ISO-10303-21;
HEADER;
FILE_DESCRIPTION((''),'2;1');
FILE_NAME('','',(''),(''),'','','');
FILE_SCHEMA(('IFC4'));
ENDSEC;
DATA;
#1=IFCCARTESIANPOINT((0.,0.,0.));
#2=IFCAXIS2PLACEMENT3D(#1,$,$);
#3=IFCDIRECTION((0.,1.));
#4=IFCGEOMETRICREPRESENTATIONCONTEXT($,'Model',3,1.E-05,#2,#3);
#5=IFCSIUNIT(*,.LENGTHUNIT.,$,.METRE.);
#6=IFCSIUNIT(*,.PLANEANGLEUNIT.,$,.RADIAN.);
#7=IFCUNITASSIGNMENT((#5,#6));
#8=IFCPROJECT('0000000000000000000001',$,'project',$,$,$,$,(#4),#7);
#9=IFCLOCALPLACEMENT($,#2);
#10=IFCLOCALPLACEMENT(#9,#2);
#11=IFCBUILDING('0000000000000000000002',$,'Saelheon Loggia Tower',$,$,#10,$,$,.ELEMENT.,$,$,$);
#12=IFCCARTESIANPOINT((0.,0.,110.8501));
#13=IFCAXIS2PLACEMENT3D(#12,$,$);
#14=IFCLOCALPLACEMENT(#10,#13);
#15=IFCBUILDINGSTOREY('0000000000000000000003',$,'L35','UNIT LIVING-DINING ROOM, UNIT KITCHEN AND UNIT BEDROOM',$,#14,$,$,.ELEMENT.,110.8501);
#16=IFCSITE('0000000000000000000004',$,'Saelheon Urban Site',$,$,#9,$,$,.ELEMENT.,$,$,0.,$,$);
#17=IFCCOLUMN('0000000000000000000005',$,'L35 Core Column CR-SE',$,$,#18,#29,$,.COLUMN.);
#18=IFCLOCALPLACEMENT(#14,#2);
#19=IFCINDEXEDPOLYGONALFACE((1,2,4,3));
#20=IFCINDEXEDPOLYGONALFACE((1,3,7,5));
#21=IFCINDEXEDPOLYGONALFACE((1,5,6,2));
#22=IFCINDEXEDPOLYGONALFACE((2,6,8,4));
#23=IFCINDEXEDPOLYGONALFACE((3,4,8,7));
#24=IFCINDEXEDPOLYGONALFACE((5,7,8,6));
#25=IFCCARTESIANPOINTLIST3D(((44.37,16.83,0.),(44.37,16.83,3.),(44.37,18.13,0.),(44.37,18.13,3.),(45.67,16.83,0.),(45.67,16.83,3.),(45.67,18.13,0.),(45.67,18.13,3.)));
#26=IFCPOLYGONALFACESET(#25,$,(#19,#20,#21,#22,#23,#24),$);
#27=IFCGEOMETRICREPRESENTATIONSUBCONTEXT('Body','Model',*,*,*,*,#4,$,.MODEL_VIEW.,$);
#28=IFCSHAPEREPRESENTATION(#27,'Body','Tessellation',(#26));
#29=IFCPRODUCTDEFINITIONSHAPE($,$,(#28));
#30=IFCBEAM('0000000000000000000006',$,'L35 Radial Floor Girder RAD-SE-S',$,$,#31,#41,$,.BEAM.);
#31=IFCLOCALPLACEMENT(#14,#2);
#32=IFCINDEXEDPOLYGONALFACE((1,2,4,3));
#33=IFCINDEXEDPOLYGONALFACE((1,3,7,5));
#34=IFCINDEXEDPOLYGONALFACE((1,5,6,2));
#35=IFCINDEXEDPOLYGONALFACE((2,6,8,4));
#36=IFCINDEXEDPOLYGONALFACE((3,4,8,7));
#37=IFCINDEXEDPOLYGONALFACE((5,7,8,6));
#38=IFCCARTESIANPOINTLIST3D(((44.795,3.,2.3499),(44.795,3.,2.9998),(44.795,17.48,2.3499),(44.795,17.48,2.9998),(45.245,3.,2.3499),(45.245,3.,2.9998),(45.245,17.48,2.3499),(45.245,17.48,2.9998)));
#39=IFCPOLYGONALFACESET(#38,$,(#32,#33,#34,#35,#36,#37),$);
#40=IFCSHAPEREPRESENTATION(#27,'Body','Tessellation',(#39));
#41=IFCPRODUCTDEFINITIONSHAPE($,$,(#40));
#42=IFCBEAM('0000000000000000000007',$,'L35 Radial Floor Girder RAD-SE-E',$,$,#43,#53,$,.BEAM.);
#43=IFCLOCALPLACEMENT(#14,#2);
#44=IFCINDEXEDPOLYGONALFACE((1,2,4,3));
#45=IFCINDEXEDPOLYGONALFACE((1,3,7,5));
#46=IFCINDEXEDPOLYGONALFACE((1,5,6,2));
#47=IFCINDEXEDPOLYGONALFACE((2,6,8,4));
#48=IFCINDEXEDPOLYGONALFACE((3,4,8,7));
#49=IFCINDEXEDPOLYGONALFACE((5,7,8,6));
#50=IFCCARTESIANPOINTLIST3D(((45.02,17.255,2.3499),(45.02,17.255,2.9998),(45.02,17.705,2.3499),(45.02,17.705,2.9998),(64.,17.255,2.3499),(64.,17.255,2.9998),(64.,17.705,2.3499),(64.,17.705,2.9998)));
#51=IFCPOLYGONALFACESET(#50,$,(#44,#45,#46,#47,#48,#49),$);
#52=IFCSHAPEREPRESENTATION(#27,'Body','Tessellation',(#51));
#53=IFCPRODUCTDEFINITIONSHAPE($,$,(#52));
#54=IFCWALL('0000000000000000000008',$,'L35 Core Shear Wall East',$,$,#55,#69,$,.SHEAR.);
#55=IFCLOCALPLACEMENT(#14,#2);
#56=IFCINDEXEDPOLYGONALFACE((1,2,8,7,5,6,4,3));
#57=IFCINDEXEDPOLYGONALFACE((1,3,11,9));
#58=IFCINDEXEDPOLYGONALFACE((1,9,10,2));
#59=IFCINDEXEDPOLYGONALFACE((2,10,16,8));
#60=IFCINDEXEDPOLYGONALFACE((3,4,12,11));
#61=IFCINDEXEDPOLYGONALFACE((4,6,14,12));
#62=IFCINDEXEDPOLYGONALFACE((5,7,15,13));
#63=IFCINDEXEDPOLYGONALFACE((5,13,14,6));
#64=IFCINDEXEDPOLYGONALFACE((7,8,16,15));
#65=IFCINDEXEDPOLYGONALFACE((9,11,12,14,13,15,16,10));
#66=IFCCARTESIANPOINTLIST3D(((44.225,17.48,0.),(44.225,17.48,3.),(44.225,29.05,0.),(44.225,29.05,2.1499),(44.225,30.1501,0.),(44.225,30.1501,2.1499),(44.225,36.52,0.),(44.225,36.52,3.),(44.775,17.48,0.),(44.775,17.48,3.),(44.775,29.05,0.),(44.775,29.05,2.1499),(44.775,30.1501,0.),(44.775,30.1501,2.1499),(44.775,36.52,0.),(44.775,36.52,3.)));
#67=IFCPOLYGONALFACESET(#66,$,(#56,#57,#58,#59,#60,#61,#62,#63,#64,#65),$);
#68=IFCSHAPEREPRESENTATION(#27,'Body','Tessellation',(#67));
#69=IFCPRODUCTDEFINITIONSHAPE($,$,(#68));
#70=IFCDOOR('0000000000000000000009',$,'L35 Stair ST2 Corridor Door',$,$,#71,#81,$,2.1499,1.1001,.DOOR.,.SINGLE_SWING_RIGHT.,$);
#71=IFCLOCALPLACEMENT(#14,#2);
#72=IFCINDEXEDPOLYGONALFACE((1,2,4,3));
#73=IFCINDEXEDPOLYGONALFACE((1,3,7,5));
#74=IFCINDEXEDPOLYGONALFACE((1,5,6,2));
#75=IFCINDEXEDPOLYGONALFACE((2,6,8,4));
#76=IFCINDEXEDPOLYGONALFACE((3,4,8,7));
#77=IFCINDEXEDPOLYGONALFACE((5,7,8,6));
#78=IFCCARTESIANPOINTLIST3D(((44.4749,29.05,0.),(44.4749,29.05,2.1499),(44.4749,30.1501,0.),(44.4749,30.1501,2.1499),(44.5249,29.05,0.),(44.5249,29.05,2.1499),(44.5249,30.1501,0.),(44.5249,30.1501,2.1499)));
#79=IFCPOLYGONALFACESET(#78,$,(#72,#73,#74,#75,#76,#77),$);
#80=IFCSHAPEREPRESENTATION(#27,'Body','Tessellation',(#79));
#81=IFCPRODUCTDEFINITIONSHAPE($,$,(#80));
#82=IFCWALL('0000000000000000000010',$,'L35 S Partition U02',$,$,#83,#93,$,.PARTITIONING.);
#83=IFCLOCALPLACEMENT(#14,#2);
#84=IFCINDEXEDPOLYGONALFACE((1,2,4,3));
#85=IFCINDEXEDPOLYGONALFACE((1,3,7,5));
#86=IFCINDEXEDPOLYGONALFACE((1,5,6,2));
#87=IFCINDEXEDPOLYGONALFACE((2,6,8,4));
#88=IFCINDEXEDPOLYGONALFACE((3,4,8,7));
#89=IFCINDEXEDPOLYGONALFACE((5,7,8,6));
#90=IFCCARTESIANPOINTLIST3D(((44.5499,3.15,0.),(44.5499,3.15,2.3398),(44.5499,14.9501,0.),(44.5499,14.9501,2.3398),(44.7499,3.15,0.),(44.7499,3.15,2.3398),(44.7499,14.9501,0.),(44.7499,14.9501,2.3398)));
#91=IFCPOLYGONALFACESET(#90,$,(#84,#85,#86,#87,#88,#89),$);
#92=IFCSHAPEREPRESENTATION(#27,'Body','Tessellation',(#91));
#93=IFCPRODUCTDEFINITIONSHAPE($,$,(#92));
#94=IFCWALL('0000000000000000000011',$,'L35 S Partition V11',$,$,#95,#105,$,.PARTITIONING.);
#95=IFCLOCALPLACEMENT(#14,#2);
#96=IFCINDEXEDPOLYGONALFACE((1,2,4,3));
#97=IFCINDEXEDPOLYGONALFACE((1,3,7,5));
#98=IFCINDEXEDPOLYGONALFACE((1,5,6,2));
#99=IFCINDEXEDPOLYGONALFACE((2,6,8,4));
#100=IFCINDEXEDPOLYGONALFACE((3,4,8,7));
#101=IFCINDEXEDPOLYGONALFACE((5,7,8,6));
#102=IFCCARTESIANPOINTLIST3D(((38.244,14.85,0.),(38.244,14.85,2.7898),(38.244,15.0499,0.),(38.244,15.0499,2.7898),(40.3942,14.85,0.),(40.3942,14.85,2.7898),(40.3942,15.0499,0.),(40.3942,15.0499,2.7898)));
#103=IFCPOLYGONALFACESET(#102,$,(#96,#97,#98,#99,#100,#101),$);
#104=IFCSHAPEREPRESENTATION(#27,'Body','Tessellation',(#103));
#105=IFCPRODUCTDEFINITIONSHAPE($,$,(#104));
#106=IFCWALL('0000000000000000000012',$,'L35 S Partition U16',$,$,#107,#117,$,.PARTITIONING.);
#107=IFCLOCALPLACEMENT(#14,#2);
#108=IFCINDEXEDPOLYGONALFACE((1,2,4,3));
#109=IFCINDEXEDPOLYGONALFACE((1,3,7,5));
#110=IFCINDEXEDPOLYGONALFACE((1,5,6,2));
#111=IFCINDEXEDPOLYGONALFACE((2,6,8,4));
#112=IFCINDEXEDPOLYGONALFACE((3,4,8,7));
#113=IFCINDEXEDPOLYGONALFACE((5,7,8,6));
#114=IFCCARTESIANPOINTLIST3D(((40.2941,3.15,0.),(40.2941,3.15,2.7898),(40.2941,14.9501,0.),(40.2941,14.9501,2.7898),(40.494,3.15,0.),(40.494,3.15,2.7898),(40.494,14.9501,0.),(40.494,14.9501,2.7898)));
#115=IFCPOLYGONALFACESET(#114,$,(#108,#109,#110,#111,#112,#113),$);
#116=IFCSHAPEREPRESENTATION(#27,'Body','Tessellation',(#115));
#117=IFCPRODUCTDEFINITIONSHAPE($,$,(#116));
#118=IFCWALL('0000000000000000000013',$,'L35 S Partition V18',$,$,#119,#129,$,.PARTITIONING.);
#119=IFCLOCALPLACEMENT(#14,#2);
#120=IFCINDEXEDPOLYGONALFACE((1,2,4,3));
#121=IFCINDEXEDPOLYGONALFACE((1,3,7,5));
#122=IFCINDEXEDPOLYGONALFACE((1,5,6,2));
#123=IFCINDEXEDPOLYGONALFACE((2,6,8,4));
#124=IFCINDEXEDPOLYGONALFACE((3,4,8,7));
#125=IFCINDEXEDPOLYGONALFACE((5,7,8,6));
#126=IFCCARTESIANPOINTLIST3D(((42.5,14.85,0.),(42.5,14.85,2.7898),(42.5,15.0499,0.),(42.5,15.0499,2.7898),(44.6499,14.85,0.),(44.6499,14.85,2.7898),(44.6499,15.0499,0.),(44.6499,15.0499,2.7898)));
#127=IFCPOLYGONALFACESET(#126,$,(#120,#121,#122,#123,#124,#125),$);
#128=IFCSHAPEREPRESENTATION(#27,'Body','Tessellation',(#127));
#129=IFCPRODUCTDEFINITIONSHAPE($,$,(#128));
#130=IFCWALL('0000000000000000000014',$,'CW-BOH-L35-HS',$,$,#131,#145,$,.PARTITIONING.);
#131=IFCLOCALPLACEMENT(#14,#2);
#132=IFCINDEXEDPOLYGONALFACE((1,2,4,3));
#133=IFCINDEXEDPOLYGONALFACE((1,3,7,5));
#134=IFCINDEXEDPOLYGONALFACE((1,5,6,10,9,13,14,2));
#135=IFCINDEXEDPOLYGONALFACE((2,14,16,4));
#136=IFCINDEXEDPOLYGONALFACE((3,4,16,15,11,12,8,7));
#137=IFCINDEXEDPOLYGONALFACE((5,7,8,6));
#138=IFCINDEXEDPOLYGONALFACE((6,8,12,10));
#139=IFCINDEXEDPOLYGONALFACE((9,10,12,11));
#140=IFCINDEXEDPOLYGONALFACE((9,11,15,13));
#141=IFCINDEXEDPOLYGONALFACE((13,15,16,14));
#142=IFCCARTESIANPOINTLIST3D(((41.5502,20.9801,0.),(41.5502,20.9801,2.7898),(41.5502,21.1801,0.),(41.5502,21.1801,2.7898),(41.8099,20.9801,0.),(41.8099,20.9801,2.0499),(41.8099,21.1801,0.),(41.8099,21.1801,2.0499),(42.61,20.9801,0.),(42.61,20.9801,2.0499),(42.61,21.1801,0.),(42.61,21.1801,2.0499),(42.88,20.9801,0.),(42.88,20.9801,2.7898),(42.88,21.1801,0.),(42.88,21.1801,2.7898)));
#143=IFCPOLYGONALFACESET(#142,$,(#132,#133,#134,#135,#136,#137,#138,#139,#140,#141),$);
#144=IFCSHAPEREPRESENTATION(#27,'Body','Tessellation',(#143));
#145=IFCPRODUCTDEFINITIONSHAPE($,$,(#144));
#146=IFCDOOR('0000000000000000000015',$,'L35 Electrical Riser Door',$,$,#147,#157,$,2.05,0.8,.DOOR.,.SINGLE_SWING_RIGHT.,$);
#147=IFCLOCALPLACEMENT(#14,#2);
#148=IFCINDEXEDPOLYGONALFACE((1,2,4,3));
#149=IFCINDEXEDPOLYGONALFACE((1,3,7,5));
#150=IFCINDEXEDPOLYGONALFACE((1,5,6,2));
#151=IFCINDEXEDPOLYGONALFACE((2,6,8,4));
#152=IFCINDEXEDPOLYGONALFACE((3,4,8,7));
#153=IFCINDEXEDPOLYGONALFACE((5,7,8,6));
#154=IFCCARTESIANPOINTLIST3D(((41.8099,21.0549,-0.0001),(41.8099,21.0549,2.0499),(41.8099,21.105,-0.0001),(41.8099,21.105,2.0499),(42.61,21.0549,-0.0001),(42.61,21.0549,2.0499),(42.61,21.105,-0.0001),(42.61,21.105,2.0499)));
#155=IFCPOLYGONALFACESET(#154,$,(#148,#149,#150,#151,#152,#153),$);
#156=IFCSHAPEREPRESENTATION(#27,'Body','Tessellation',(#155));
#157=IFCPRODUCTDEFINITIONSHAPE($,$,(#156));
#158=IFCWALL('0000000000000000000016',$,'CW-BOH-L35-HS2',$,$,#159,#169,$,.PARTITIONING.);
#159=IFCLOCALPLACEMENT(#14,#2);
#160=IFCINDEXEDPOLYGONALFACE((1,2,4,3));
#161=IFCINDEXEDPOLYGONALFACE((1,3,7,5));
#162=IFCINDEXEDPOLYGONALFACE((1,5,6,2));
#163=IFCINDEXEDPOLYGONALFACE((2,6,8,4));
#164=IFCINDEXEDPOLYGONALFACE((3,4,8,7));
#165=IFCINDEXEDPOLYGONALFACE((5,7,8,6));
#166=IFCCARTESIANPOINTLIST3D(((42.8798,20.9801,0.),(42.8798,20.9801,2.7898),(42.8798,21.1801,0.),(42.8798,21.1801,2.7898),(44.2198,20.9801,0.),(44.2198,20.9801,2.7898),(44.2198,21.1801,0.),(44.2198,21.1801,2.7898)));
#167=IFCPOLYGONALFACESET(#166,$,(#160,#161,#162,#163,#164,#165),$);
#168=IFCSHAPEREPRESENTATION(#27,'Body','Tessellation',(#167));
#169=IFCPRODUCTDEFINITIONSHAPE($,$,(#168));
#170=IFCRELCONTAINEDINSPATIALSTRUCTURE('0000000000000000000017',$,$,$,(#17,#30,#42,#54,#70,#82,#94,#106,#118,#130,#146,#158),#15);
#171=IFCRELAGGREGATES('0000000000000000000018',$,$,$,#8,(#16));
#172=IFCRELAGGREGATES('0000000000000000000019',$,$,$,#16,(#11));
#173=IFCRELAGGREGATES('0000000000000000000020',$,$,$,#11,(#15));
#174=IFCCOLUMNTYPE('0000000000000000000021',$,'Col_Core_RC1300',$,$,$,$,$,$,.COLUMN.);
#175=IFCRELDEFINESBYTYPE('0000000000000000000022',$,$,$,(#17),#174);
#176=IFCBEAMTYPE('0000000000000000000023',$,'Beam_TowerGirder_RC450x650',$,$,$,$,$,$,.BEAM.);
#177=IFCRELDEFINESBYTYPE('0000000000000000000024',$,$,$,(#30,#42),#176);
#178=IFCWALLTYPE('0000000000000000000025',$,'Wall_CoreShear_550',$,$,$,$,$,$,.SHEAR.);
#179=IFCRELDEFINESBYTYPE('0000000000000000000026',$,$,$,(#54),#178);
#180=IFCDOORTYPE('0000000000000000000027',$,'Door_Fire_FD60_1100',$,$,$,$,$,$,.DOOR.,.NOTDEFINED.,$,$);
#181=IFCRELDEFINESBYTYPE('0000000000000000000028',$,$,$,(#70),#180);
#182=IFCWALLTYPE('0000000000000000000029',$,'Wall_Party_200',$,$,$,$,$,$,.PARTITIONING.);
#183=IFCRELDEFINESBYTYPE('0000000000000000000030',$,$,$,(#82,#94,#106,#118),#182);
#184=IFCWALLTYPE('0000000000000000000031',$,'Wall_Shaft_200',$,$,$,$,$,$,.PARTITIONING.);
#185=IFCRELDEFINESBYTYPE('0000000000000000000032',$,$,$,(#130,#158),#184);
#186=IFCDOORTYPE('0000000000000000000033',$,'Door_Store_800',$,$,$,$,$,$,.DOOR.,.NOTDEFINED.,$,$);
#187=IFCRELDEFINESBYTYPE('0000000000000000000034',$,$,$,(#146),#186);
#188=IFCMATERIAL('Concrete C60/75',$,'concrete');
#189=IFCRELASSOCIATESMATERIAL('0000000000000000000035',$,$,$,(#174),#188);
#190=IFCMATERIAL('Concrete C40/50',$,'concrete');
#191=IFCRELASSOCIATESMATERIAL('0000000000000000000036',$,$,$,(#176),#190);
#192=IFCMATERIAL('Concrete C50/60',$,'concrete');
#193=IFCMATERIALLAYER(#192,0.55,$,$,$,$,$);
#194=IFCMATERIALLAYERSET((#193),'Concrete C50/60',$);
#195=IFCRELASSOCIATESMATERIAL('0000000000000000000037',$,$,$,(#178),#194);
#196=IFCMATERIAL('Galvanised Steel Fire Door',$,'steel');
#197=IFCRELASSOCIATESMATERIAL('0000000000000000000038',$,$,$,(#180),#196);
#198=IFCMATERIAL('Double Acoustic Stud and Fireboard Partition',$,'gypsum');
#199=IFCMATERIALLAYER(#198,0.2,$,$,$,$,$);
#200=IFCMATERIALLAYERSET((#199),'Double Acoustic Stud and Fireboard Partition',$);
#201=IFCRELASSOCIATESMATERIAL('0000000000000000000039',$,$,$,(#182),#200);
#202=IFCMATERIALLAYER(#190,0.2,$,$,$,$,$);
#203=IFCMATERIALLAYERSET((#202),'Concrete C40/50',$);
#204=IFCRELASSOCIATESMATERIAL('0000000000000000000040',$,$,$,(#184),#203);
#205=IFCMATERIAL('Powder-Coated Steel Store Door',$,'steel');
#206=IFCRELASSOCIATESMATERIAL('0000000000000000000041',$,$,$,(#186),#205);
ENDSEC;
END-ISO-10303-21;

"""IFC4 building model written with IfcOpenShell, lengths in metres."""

from ifc_helpers import new_model, si_unit, direction, frame, frame_2d, origin, origin_2d, place, context, subcontext, project, spatial, rectangle, extrude, source, transform, mapped, material, layer, layer_set, material_profile, profile_set, type_object, element, fill, save


model = new_model("IFC4")

# Units and contexts
model_context = context("Model", 3, precision=1e-05, world=origin(), true_north=direction((0.0, 1.0)))
body_context = subcontext(model_context, "Body", "Model", "MODEL_VIEW")
ifc_project = project(units=[si_unit("LENGTHUNIT", "METRE"), si_unit("PLANEANGLEUNIT", "RADIAN")], contexts=[model_context])

# Site, building, storey
site_placement = place(None, origin())
site = spatial("IfcSite", under=ifc_project, at=site_placement, Name="Saelheon Urban Site", CompositionType="ELEMENT", RefElevation=0.0)
building_placement = place(site_placement, origin())
building = spatial("IfcBuilding", under=site, at=building_placement, Name="Saelheon Loggia Tower", CompositionType="ELEMENT")
storey_placement = place(building_placement, frame((0.0, 0.0, 110.8501)))
storey = spatial("IfcBuildingStorey", under=building, at=storey_placement, Name="L35", Description="UNIT LIVING-DINING ROOM, UNIT KITCHEN AND UNIT BEDROOM", CompositionType="ELEMENT", Elevation=110.8501)

# Column
ifc_material_1 = material(Name="Concrete C60/75", Category="concrete")
ifc_material_profile_1 = material_profile(ifc_material_1, rectangle(XDim=1.3, YDim=1.3, at=origin_2d()), Name="RC-1300x1300")
ifc_profile_set_1 = profile_set([ifc_material_profile_1], Name="Concrete C60/75")
column_type = type_object("IfcColumnType", Name="Col_Core_RC1300", PredefinedType="COLUMN", material=ifc_profile_set_1)
shared_shape_1 = source(origin(), body_context, "Body", "SweptSolid", [
    extrude(rectangle(XDim=1.3, YDim=1.3, at=origin_2d()), origin(), (0.0, 0.0, 1.0), 3.0),
])
column_placement = place(storey_placement, frame((45.02, 17.48, 0.0), z_axis=(0.0, 0.0, 1.0), x_axis=(1.0, 0.0, 0.0)))
element("IfcColumn", 1, at=column_placement, inside=storey, type_object=column_type, Name="L35 Core Column CR-SE", PredefinedType="COLUMN", context=body_context, shape_type="MappedRepresentation", body=[
    mapped(shared_shape_1, transform((0.0, 0.0, 0.0), scale=1.0)),
])

# Beams
ifc_material_2 = material(Name="Concrete C40/50", Category="concrete")
ifc_material_profile_2 = material_profile(ifc_material_2, rectangle(XDim=0.45, YDim=0.6499, at=origin_2d()), Name="RC-450x650")
ifc_profile_set_2 = profile_set([ifc_material_profile_2], Name="Concrete C40/50")
beam_type = type_object("IfcBeamType", Name="Beam_TowerGirder_RC450x650", PredefinedType="BEAM", material=ifc_profile_set_2)
shared_shape_2 = source(origin(), body_context, "Body", "SweptSolid", [
    extrude(rectangle(XDim=0.45, YDim=0.6499, at=origin_2d()), origin(), (0.0, 0.0, 1.0), 14.48),
])
beam_1_placement = place(storey_placement, frame((45.02, 17.48, 2.6748), z_axis=(0.0, -1.0, 0.0), x_axis=(1.0, 0.0, 0.0)))
element("IfcBeam", 2, at=beam_1_placement, inside=storey, type_object=beam_type, Name="L35 Radial Floor Girder RAD-SE-S", PredefinedType="BEAM", context=body_context, shape_type="MappedRepresentation", body=[
    mapped(shared_shape_2, transform((0.0, 0.0, 0.0), scale=1.0)),
])
shared_shape_3 = source(origin(), body_context, "Body", "SweptSolid", [
    extrude(rectangle(XDim=0.45, YDim=0.6499, at=origin_2d()), origin(), (0.0, 0.0, 1.0), 18.98),
])
beam_2_placement = place(storey_placement, frame((45.02, 17.48, 2.6748), z_axis=(1.0, 0.0, 0.0), x_axis=(0.0, 1.0, 0.0)))
element("IfcBeam", 3, at=beam_2_placement, inside=storey, type_object=beam_type, Name="L35 Radial Floor Girder RAD-SE-E", PredefinedType="BEAM", context=body_context, shape_type="MappedRepresentation", body=[
    mapped(shared_shape_3, transform((0.0, 0.0, 0.0), scale=1.0)),
])

# Wall, opening, door
ifc_material_3 = material(Name="Concrete C50/60", Category="concrete")
ifc_layer_1 = layer(ifc_material_3, 0.55)
ifc_layer_set_1 = layer_set([ifc_layer_1], Name="Concrete C50/60")
wall_type_1 = type_object("IfcWallType", Name="Wall_CoreShear_550", PredefinedType="SHEAR", material=ifc_layer_set_1)
wall_1_placement = place(storey_placement, frame((44.5, 17.48, 0.0), z_axis=(0.0, 0.0, 1.0), x_axis=(0.0, 1.0, 0.0)))
wall_1 = element("IfcWall", 4, at=wall_1_placement, inside=storey, type_object=wall_type_1, Name="L35 Core Shear Wall East", PredefinedType="SHEAR", context=body_context, shape_type="SweptSolid", body=[
    extrude(rectangle(XDim=19.04, YDim=0.55, at=frame_2d((9.52, 0.0))), origin(), (0.0, 0.0, 1.0), 3.0),
])
opening_1_placement = place(wall_1_placement, frame((12.6702, 0.0, 0.0), z_axis=(0.0, 0.0, 1.0), x_axis=(-1.0, 0.0, 0.0)))
opening_1 = element("IfcOpeningElement", 5, at=opening_1_placement, cuts=wall_1, PredefinedType="OPENING", context=body_context, shape_type="SweptSolid", body=[
    extrude(rectangle(XDim=1.1001, YDim=2.1499, at=frame_2d((0.55, 1.075))), frame((0.0, 0.2871, 0.0), z_axis=(0.0, -1.0, 0.0), x_axis=(1.0, 0.0, 0.0)), (0.0, 0.0, 1.0), 0.574),
])
ifc_material_4 = material(Name="Galvanised Steel Fire Door", Category="steel")
door_type_1 = type_object("IfcDoorType", Name="Door_Fire_FD60_1100", OperationType="NOTDEFINED", PredefinedType="DOOR", material=ifc_material_4)
shared_shape_4 = source(origin(), body_context, "Body", "SweptSolid", [
    extrude(rectangle(XDim=1.1001, YDim=2.1499, at=frame_2d((0.55, 1.075))), frame((0.0, 0.0249, 0.0), z_axis=(0.0, -1.0, 0.0), x_axis=(1.0, 0.0, 0.0)), (0.0, 0.0, 1.0), 0.05),
])
door_1_placement = place(opening_1_placement, origin())
door_1 = element("IfcDoor", 6, at=door_1_placement, inside=storey, type_object=door_type_1, Name="L35 Stair ST2 Corridor Door", OperationType="SINGLE_SWING_RIGHT", OverallHeight=2.1499, OverallWidth=1.1001, PredefinedType="DOOR", context=body_context, shape_type="MappedRepresentation", body=[
    mapped(shared_shape_4, transform((0.0, 0.0, 0.0), scale=1.0)),
])
fill(opening_1, door_1)

# Walls
ifc_material_5 = material(Name="Double Acoustic Stud and Fireboard Partition", Category="gypsum")
ifc_layer_2 = layer(ifc_material_5, 0.2)
ifc_layer_set_2 = layer_set([ifc_layer_2], Name="Double Acoustic Stud and Fireboard Partition")
wall_type_2 = type_object("IfcWallType", Name="Wall_Party_200", PredefinedType="PARTITIONING", material=ifc_layer_set_2)
wall_2_placement = place(storey_placement, frame((44.6499, 14.95, 0.0), z_axis=(0.0, 0.0, 1.0), x_axis=(0.0, -1.0, 0.0)))
element("IfcWall", 7, at=wall_2_placement, inside=storey, type_object=wall_type_2, Name="L35 S Partition U02", PredefinedType="PARTITIONING", context=body_context, shape_type="SweptSolid", body=[
    extrude(rectangle(XDim=11.8, YDim=0.2, at=frame_2d((5.8999, 0.0))), origin(), (0.0, 0.0, 1.0), 2.3398),
])
wall_3_placement = place(storey_placement, frame((38.2439, 14.95, 0.0), z_axis=(0.0, 0.0, 1.0), x_axis=(1.0, 0.0, 0.0)))
element("IfcWall", 8, at=wall_3_placement, inside=storey, type_object=wall_type_2, Name="L35 S Partition V11", PredefinedType="PARTITIONING", context=body_context, shape_type="SweptSolid", body=[
    extrude(rectangle(XDim=2.1501, YDim=0.2, at=frame_2d((1.0752, 0.0))), origin(), (0.0, 0.0, 1.0), 2.7898),
])
wall_4_placement = place(storey_placement, frame((40.394, 14.95, 0.0), z_axis=(0.0, 0.0, 1.0), x_axis=(0.0, -1.0, 0.0)))
element("IfcWall", 9, at=wall_4_placement, inside=storey, type_object=wall_type_2, Name="L35 S Partition U16", PredefinedType="PARTITIONING", context=body_context, shape_type="SweptSolid", body=[
    extrude(rectangle(XDim=11.8, YDim=0.2, at=frame_2d((5.8999, 0.0))), origin(), (0.0, 0.0, 1.0), 2.7898),
])

# Wall
wall_5_placement = place(storey_placement, frame((42.5, 14.95, 0.0), z_axis=(0.0, 0.0, 1.0), x_axis=(1.0, 0.0, 0.0)))
element("IfcWall", 10, at=wall_5_placement, inside=storey, type_object=wall_type_2, Name="L35 S Partition V18", PredefinedType="PARTITIONING", context=body_context, shape_type="SweptSolid", body=[
    extrude(rectangle(XDim=2.1499, YDim=0.2, at=frame_2d((1.075, 0.0))), origin(), (0.0, 0.0, 1.0), 2.7898),
])

# Wall, opening, door
ifc_layer_3 = layer(ifc_material_2, 0.2)
ifc_layer_set_3 = layer_set([ifc_layer_3], Name="Concrete C40/50")
wall_type_3 = type_object("IfcWallType", Name="Wall_Shaft_200", PredefinedType="PARTITIONING", material=ifc_layer_set_3)
wall_6_placement = place(storey_placement, frame((41.55, 21.0801, 0.0), z_axis=(0.0, 0.0, 1.0), x_axis=(1.0, 0.0, 0.0)))
wall_6 = element("IfcWall", 11, at=wall_6_placement, inside=storey, type_object=wall_type_3, Name="CW-BOH-L35-HS", PredefinedType="PARTITIONING", context=body_context, shape_type="SweptSolid", body=[
    extrude(rectangle(XDim=1.3298, YDim=0.2, at=frame_2d((0.665, 0.0))), origin(), (0.0, 0.0, 1.0), 2.7898),
])
opening_2_placement = place(wall_6_placement, frame((0.26, 0.0, 0.0)))
opening_2 = element("IfcOpeningElement", 12, at=opening_2_placement, cuts=wall_6, PredefinedType="OPENING", context=body_context, shape_type="SweptSolid", body=[
    extrude(rectangle(XDim=0.8, YDim=2.05, at=frame_2d((0.3999, 1.0249))), frame((0.0, 0.1121, 0.0), z_axis=(0.0, -1.0, 0.0), x_axis=(1.0, 0.0, 0.0)), (0.0, 0.0, 1.0), 0.2239),
])
ifc_material_6 = material(Name="Powder-Coated Steel Store Door", Category="steel")
door_type_2 = type_object("IfcDoorType", Name="Door_Store_800", OperationType="NOTDEFINED", PredefinedType="DOOR", material=ifc_material_6)
shared_shape_5 = source(origin(), body_context, "Body", "SweptSolid", [
    extrude(rectangle(XDim=0.8, YDim=2.05, at=frame_2d((0.3999, 1.0249))), frame((0.0, 0.0249, 0.0), z_axis=(0.0, -1.0, 0.0), x_axis=(1.0, 0.0, 0.0)), (0.0, 0.0, 1.0), 0.05),
])
door_2_placement = place(opening_2_placement, origin())
door_2 = element("IfcDoor", 13, at=door_2_placement, inside=storey, type_object=door_type_2, Name="L35 Electrical Riser Door", OperationType="SINGLE_SWING_RIGHT", OverallHeight=2.05, OverallWidth=0.8, PredefinedType="DOOR", context=body_context, shape_type="MappedRepresentation", body=[
    mapped(shared_shape_5, transform((0.0, 0.0, 0.0), scale=1.0)),
])
fill(opening_2, door_2)

# Wall
wall_7_placement = place(storey_placement, frame((42.8799, 21.0801, 0.0), z_axis=(0.0, 0.0, 1.0), x_axis=(1.0, 0.0, 0.0)))
element("IfcWall", 14, at=wall_7_placement, inside=storey, type_object=wall_type_3, Name="CW-BOH-L35-HS2", PredefinedType="PARTITIONING", context=body_context, shape_type="SweptSolid", body=[
    extrude(rectangle(XDim=1.3401, YDim=0.2, at=frame_2d((0.6699, 0.0))), origin(), (0.0, 0.0, 1.0), 2.7898),
])

save(model, "model.ifc")
